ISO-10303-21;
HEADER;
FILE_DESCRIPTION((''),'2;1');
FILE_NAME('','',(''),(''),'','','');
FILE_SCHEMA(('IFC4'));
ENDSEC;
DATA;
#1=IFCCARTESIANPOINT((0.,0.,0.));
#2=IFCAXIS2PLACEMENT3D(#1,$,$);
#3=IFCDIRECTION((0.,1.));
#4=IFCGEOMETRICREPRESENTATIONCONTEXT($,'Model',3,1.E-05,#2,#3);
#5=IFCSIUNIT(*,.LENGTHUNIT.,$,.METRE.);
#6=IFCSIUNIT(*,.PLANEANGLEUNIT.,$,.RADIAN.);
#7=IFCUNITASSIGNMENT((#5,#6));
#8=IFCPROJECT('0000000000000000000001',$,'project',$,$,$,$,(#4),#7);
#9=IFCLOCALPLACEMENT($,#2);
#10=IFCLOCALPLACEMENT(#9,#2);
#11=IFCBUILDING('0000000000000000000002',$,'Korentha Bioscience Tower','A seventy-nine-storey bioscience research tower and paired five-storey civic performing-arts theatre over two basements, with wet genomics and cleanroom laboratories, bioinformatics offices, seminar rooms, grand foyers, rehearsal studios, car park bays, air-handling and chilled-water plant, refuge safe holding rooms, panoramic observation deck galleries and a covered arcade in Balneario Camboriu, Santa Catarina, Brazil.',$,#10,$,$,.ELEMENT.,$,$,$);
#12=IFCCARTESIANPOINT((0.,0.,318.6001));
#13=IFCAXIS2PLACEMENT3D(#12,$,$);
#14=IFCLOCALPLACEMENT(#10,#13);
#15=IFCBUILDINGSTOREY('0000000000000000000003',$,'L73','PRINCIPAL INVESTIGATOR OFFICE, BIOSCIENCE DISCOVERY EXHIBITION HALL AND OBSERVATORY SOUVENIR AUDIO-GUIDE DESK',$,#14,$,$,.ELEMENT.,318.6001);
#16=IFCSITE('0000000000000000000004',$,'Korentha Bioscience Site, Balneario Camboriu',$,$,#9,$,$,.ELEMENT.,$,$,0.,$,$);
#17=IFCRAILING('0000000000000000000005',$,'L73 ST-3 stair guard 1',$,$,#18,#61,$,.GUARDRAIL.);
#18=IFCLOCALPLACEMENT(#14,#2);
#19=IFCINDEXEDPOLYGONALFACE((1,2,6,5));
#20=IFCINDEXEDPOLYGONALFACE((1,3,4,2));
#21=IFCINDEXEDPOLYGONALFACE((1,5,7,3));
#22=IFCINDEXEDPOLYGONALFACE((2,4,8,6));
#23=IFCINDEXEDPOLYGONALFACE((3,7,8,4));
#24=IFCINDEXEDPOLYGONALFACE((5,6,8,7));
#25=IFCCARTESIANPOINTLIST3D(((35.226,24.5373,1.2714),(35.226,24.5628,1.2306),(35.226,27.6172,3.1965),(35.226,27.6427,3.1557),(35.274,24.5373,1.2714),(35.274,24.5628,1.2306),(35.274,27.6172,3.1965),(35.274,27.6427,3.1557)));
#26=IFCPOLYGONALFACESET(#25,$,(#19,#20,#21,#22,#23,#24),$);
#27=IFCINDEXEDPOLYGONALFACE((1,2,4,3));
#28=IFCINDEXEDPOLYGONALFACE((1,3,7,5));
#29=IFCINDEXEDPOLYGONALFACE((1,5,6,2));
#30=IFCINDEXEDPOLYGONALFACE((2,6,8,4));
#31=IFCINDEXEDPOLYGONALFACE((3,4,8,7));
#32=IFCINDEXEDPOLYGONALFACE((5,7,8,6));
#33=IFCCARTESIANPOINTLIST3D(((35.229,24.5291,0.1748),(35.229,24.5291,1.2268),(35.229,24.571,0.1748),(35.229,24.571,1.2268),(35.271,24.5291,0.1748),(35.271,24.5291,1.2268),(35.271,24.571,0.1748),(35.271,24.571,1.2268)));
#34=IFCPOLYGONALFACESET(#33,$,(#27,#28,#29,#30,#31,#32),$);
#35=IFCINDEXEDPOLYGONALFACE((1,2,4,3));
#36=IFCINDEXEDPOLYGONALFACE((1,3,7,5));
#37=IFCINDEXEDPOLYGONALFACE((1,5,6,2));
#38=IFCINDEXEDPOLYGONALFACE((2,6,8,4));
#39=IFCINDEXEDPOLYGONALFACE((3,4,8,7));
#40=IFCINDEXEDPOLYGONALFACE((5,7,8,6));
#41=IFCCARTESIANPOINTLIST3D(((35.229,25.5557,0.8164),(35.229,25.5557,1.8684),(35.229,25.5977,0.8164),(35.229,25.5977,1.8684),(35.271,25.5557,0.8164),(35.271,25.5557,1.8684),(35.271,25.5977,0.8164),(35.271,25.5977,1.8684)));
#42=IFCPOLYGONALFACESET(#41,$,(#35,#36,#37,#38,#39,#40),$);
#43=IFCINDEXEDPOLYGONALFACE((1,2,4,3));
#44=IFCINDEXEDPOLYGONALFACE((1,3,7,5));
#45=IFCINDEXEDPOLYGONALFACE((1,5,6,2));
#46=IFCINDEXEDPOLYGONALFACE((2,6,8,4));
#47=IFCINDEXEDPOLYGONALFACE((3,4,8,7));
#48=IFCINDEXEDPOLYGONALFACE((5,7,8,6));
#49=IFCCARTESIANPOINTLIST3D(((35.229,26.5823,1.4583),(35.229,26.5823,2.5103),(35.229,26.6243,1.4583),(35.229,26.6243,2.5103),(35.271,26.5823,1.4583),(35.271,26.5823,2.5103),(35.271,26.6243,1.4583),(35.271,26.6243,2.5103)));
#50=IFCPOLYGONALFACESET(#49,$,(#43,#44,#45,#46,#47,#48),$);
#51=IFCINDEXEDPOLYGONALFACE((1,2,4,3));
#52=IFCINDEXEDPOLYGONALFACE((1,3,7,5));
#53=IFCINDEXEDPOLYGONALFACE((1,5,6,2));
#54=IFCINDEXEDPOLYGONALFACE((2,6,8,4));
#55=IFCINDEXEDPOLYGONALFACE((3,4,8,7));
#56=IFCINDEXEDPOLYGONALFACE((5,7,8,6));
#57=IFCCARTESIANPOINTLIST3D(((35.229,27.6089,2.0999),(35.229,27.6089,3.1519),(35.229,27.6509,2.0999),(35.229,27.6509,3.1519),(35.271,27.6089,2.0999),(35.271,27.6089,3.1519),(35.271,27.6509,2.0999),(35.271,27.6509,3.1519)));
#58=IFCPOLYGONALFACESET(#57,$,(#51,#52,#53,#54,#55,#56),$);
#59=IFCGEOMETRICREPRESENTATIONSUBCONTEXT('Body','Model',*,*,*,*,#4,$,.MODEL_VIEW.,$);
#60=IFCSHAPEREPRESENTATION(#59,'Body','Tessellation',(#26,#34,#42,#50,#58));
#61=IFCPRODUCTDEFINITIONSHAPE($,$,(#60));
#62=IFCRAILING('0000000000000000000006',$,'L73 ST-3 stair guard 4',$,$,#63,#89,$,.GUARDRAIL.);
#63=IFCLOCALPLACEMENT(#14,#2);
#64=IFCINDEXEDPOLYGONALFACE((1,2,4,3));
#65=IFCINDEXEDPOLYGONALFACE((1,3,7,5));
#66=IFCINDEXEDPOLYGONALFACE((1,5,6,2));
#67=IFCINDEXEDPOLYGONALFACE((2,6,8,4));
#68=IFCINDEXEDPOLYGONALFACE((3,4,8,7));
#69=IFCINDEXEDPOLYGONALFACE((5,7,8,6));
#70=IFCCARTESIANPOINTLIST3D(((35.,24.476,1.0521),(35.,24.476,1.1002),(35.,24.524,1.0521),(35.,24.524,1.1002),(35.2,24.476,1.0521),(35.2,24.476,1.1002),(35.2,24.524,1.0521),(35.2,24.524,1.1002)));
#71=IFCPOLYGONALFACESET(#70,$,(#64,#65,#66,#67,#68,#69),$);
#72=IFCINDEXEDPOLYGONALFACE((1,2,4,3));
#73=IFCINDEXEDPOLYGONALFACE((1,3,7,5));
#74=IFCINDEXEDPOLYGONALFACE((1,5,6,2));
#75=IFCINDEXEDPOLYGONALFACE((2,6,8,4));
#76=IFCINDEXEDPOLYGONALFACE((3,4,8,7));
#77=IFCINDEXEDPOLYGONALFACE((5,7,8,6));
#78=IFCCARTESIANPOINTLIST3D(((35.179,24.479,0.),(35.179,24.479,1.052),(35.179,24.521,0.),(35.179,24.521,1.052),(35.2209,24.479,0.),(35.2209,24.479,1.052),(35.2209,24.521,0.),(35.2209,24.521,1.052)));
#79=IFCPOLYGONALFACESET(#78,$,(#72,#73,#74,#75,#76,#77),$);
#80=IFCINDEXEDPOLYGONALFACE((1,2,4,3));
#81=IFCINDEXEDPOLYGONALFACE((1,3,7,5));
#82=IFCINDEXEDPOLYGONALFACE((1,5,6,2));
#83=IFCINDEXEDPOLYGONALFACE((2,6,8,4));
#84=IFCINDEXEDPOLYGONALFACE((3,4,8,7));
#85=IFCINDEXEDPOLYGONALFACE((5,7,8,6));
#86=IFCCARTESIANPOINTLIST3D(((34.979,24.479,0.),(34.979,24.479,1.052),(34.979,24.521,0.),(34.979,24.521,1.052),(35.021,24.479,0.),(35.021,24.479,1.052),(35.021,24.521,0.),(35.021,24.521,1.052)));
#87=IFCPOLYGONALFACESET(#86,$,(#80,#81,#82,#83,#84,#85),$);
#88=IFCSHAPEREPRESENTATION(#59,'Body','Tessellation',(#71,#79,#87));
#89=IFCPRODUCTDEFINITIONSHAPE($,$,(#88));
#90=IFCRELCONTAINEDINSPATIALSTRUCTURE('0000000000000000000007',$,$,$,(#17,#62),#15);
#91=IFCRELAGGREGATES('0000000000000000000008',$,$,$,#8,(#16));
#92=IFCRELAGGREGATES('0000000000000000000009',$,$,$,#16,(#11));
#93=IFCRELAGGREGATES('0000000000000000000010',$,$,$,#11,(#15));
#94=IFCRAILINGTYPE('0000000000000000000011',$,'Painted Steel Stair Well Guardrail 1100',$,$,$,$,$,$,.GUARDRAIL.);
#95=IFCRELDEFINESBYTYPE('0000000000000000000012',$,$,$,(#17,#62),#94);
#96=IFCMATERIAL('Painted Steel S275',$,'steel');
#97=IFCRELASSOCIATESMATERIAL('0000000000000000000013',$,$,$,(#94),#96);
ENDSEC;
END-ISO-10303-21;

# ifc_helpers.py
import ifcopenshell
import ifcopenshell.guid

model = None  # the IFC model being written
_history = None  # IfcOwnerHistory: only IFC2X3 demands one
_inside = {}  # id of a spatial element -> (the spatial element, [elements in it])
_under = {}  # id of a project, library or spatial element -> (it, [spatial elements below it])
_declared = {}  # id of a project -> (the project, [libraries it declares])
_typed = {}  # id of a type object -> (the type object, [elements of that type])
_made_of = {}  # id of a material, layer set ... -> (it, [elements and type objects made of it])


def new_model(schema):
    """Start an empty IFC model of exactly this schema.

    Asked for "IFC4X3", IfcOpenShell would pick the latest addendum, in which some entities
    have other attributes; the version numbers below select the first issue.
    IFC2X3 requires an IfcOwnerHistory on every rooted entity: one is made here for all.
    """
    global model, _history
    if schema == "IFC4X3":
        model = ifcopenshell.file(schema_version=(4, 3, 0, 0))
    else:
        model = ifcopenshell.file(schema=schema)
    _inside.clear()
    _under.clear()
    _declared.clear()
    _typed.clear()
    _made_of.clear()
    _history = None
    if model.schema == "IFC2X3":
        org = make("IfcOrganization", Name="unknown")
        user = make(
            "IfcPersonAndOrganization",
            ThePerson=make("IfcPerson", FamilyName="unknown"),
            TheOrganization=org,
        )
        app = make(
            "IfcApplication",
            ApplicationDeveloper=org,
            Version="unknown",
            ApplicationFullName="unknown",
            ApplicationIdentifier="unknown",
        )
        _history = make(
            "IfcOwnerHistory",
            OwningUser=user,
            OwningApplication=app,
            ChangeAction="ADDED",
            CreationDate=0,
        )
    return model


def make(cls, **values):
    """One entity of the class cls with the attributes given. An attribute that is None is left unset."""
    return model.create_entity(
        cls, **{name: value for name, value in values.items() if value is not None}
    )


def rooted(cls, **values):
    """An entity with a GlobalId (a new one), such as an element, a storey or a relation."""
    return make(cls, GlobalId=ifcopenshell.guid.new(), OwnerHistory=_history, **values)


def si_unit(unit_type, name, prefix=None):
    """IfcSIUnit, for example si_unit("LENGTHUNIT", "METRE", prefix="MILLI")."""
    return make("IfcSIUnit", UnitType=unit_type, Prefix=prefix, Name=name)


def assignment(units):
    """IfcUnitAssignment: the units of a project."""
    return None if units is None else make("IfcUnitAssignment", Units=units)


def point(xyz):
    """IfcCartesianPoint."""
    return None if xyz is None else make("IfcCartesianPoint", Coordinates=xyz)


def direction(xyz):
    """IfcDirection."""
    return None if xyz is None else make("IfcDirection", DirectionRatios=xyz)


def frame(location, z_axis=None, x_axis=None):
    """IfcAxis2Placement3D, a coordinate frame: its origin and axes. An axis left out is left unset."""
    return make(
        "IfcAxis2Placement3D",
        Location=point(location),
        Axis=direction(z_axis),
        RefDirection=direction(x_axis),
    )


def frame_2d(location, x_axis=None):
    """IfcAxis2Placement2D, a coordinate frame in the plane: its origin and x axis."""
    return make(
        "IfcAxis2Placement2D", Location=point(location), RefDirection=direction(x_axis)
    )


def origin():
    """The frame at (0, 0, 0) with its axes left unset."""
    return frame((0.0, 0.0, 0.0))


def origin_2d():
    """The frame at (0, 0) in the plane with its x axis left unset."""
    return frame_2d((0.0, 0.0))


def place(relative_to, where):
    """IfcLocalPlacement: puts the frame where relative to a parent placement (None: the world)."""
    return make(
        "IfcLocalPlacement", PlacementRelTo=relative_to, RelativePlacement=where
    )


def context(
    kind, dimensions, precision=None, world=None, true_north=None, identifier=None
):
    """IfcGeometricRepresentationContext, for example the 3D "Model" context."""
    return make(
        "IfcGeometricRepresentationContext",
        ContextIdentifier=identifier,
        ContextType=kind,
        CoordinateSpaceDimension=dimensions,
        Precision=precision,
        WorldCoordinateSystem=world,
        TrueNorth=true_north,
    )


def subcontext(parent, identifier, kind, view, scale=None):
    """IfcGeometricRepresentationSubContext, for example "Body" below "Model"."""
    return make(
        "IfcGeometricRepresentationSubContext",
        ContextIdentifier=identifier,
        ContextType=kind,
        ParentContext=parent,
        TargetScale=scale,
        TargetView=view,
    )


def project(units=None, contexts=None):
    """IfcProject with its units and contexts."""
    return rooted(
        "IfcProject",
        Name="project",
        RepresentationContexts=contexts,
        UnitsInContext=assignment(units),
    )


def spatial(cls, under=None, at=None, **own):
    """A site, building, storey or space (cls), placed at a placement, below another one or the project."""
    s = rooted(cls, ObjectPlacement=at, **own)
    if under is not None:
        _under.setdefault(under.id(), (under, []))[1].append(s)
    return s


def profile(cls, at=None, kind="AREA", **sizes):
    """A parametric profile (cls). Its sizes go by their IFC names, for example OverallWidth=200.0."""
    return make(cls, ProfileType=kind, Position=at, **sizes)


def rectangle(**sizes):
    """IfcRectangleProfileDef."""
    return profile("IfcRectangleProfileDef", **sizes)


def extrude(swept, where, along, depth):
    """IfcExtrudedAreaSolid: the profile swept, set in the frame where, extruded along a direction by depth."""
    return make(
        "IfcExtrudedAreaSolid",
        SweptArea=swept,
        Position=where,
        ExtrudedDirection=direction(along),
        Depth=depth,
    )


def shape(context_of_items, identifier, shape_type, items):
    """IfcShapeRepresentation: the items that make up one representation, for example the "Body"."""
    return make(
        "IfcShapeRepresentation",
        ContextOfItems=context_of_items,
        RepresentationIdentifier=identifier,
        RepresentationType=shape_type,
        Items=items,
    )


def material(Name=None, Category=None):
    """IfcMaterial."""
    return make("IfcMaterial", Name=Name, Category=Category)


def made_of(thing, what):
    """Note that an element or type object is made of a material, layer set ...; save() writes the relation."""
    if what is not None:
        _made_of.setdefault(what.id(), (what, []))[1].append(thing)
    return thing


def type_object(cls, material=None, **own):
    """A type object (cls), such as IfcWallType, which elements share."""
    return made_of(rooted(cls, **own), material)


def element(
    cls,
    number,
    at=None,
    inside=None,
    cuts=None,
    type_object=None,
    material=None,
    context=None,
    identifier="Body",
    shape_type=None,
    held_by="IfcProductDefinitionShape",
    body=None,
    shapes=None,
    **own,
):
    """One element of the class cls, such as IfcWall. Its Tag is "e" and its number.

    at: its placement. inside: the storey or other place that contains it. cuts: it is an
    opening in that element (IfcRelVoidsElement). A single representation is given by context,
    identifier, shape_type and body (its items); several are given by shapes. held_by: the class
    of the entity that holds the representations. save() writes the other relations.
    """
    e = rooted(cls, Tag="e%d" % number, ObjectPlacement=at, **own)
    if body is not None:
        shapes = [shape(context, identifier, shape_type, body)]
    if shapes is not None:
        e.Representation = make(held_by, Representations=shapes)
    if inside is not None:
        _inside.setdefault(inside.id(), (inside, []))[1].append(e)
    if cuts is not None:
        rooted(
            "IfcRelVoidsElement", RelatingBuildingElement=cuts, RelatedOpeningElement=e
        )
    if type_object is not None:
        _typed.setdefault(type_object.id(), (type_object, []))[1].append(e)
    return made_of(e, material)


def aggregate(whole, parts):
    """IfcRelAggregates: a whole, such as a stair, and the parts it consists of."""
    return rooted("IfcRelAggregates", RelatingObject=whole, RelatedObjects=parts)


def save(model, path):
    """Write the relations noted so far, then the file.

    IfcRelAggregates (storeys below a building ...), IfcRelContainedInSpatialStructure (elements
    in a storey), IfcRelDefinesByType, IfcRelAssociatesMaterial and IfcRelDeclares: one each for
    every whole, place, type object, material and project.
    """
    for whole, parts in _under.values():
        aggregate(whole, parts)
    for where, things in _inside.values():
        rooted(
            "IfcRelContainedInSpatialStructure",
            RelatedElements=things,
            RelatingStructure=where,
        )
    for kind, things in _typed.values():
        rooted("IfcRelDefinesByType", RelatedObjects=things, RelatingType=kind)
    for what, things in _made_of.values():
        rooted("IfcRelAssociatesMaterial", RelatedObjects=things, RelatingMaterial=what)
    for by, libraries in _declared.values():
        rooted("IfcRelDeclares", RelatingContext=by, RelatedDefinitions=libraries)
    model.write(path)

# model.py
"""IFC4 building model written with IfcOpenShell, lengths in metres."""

from ifc_helpers import new_model, si_unit, direction, frame, origin, origin_2d, place, context, subcontext, project, spatial, rectangle, extrude, material, type_object, element, save


model = new_model("IFC4")

# Units and contexts
model_context = context("Model", 3, precision=1e-05, world=origin(), true_north=direction((0.0, 1.0)))
body_context = subcontext(model_context, "Body", "Model", "MODEL_VIEW")
ifc_project = project(units=[si_unit("LENGTHUNIT", "METRE"), si_unit("PLANEANGLEUNIT", "RADIAN")], contexts=[model_context])

# Site, building, storey
site_placement = place(None, origin())
site = spatial("IfcSite", under=ifc_project, at=site_placement, Name="Korentha Bioscience Site, Balneario Camboriu", CompositionType="ELEMENT", RefElevation=0.0)
building_placement = place(site_placement, origin())
building = spatial("IfcBuilding", under=site, at=building_placement, Name="Korentha Bioscience Tower", Description="A seventy-nine-storey bioscience research tower and paired five-storey civic performing-arts theatre over two basements, with wet genomics and cleanroom laboratories, bioinformatics offices, seminar rooms, grand foyers, rehearsal studios, car park bays, air-handling and chilled-water plant, refuge safe holding rooms, panoramic observation deck galleries and a covered arcade in Balneario Camboriu, Santa Catarina, Brazil.", CompositionType="ELEMENT")
storey_placement = place(building_placement, frame((0.0, 0.0, 318.6001)))
storey = spatial("IfcBuildingStorey", under=building, at=storey_placement, Name="L73", Description="PRINCIPAL INVESTIGATOR OFFICE, BIOSCIENCE DISCOVERY EXHIBITION HALL AND OBSERVATORY SOUVENIR AUDIO-GUIDE DESK", CompositionType="ELEMENT", Elevation=318.6001)

# Railings
ifc_material_1 = material(Name="Painted Steel S275", Category="steel")
railing_type_1 = type_object("IfcRailingType", Name="Painted Steel Stair Well Guardrail 1100", PredefinedType="GUARDRAIL", material=ifc_material_1)
railing_1_placement = place(storey_placement, frame((35.25, 24.55, 0.1748)))
element("IfcRailing", 1, at=railing_1_placement, inside=storey, type_object=railing_type_1, Name="L73 ST-3 stair guard 1", PredefinedType="GUARDRAIL", context=body_context, shape_type="SweptSolid", body=[
    extrude(rectangle(XDim=0.0481, YDim=0.0481, at=origin_2d()), frame((0.0, 0.0, 1.0762), z_axis=(0.0, 0.847979, 0.530029), x_axis=(-1.0, 0.0, 0.0)), (0.0, 0.0, 1.0), 3.6321),
    extrude(rectangle(XDim=0.042, YDim=0.042, at=origin_2d()), origin(), (0.0, 0.0, 1.0), 1.052),
    extrude(rectangle(XDim=0.042, YDim=0.042, at=origin_2d()), frame((0.0, 1.0266, 0.6416)), (0.0, 0.0, 1.0), 1.052),
    extrude(rectangle(XDim=0.042, YDim=0.042, at=origin_2d()), frame((0.0, 2.0532, 1.2834)), (0.0, 0.0, 1.0), 1.052),
    extrude(rectangle(XDim=0.042, YDim=0.042, at=origin_2d()), frame((0.0, 3.0798, 1.925)), (0.0, 0.0, 1.0), 1.052),
])
railing_2_placement = place(storey_placement, frame((35.2, 24.5, 0.0)))
element("IfcRailing", 2, at=railing_2_placement, inside=storey, type_object=railing_type_1, Name="L73 ST-3 stair guard 4", PredefinedType="GUARDRAIL", context=body_context, shape_type="SweptSolid", body=[
    extrude(rectangle(XDim=0.0481, YDim=0.0481, at=origin_2d()), frame((0.0, 0.0, 1.0762), z_axis=(-1.0, 0.0, 0.0), x_axis=(0.0, -1.0, 0.0)), (0.0, 0.0, 1.0), 0.2),
    extrude(rectangle(XDim=0.042, YDim=0.042, at=origin_2d()), origin(), (0.0, 0.0, 1.0), 1.052),
    extrude(rectangle(XDim=0.042, YDim=0.042, at=origin_2d()), frame((-0.2, 0.0, 0.0)), (0.0, 0.0, 1.0), 1.052),
])

save(model, "model.ifc")
